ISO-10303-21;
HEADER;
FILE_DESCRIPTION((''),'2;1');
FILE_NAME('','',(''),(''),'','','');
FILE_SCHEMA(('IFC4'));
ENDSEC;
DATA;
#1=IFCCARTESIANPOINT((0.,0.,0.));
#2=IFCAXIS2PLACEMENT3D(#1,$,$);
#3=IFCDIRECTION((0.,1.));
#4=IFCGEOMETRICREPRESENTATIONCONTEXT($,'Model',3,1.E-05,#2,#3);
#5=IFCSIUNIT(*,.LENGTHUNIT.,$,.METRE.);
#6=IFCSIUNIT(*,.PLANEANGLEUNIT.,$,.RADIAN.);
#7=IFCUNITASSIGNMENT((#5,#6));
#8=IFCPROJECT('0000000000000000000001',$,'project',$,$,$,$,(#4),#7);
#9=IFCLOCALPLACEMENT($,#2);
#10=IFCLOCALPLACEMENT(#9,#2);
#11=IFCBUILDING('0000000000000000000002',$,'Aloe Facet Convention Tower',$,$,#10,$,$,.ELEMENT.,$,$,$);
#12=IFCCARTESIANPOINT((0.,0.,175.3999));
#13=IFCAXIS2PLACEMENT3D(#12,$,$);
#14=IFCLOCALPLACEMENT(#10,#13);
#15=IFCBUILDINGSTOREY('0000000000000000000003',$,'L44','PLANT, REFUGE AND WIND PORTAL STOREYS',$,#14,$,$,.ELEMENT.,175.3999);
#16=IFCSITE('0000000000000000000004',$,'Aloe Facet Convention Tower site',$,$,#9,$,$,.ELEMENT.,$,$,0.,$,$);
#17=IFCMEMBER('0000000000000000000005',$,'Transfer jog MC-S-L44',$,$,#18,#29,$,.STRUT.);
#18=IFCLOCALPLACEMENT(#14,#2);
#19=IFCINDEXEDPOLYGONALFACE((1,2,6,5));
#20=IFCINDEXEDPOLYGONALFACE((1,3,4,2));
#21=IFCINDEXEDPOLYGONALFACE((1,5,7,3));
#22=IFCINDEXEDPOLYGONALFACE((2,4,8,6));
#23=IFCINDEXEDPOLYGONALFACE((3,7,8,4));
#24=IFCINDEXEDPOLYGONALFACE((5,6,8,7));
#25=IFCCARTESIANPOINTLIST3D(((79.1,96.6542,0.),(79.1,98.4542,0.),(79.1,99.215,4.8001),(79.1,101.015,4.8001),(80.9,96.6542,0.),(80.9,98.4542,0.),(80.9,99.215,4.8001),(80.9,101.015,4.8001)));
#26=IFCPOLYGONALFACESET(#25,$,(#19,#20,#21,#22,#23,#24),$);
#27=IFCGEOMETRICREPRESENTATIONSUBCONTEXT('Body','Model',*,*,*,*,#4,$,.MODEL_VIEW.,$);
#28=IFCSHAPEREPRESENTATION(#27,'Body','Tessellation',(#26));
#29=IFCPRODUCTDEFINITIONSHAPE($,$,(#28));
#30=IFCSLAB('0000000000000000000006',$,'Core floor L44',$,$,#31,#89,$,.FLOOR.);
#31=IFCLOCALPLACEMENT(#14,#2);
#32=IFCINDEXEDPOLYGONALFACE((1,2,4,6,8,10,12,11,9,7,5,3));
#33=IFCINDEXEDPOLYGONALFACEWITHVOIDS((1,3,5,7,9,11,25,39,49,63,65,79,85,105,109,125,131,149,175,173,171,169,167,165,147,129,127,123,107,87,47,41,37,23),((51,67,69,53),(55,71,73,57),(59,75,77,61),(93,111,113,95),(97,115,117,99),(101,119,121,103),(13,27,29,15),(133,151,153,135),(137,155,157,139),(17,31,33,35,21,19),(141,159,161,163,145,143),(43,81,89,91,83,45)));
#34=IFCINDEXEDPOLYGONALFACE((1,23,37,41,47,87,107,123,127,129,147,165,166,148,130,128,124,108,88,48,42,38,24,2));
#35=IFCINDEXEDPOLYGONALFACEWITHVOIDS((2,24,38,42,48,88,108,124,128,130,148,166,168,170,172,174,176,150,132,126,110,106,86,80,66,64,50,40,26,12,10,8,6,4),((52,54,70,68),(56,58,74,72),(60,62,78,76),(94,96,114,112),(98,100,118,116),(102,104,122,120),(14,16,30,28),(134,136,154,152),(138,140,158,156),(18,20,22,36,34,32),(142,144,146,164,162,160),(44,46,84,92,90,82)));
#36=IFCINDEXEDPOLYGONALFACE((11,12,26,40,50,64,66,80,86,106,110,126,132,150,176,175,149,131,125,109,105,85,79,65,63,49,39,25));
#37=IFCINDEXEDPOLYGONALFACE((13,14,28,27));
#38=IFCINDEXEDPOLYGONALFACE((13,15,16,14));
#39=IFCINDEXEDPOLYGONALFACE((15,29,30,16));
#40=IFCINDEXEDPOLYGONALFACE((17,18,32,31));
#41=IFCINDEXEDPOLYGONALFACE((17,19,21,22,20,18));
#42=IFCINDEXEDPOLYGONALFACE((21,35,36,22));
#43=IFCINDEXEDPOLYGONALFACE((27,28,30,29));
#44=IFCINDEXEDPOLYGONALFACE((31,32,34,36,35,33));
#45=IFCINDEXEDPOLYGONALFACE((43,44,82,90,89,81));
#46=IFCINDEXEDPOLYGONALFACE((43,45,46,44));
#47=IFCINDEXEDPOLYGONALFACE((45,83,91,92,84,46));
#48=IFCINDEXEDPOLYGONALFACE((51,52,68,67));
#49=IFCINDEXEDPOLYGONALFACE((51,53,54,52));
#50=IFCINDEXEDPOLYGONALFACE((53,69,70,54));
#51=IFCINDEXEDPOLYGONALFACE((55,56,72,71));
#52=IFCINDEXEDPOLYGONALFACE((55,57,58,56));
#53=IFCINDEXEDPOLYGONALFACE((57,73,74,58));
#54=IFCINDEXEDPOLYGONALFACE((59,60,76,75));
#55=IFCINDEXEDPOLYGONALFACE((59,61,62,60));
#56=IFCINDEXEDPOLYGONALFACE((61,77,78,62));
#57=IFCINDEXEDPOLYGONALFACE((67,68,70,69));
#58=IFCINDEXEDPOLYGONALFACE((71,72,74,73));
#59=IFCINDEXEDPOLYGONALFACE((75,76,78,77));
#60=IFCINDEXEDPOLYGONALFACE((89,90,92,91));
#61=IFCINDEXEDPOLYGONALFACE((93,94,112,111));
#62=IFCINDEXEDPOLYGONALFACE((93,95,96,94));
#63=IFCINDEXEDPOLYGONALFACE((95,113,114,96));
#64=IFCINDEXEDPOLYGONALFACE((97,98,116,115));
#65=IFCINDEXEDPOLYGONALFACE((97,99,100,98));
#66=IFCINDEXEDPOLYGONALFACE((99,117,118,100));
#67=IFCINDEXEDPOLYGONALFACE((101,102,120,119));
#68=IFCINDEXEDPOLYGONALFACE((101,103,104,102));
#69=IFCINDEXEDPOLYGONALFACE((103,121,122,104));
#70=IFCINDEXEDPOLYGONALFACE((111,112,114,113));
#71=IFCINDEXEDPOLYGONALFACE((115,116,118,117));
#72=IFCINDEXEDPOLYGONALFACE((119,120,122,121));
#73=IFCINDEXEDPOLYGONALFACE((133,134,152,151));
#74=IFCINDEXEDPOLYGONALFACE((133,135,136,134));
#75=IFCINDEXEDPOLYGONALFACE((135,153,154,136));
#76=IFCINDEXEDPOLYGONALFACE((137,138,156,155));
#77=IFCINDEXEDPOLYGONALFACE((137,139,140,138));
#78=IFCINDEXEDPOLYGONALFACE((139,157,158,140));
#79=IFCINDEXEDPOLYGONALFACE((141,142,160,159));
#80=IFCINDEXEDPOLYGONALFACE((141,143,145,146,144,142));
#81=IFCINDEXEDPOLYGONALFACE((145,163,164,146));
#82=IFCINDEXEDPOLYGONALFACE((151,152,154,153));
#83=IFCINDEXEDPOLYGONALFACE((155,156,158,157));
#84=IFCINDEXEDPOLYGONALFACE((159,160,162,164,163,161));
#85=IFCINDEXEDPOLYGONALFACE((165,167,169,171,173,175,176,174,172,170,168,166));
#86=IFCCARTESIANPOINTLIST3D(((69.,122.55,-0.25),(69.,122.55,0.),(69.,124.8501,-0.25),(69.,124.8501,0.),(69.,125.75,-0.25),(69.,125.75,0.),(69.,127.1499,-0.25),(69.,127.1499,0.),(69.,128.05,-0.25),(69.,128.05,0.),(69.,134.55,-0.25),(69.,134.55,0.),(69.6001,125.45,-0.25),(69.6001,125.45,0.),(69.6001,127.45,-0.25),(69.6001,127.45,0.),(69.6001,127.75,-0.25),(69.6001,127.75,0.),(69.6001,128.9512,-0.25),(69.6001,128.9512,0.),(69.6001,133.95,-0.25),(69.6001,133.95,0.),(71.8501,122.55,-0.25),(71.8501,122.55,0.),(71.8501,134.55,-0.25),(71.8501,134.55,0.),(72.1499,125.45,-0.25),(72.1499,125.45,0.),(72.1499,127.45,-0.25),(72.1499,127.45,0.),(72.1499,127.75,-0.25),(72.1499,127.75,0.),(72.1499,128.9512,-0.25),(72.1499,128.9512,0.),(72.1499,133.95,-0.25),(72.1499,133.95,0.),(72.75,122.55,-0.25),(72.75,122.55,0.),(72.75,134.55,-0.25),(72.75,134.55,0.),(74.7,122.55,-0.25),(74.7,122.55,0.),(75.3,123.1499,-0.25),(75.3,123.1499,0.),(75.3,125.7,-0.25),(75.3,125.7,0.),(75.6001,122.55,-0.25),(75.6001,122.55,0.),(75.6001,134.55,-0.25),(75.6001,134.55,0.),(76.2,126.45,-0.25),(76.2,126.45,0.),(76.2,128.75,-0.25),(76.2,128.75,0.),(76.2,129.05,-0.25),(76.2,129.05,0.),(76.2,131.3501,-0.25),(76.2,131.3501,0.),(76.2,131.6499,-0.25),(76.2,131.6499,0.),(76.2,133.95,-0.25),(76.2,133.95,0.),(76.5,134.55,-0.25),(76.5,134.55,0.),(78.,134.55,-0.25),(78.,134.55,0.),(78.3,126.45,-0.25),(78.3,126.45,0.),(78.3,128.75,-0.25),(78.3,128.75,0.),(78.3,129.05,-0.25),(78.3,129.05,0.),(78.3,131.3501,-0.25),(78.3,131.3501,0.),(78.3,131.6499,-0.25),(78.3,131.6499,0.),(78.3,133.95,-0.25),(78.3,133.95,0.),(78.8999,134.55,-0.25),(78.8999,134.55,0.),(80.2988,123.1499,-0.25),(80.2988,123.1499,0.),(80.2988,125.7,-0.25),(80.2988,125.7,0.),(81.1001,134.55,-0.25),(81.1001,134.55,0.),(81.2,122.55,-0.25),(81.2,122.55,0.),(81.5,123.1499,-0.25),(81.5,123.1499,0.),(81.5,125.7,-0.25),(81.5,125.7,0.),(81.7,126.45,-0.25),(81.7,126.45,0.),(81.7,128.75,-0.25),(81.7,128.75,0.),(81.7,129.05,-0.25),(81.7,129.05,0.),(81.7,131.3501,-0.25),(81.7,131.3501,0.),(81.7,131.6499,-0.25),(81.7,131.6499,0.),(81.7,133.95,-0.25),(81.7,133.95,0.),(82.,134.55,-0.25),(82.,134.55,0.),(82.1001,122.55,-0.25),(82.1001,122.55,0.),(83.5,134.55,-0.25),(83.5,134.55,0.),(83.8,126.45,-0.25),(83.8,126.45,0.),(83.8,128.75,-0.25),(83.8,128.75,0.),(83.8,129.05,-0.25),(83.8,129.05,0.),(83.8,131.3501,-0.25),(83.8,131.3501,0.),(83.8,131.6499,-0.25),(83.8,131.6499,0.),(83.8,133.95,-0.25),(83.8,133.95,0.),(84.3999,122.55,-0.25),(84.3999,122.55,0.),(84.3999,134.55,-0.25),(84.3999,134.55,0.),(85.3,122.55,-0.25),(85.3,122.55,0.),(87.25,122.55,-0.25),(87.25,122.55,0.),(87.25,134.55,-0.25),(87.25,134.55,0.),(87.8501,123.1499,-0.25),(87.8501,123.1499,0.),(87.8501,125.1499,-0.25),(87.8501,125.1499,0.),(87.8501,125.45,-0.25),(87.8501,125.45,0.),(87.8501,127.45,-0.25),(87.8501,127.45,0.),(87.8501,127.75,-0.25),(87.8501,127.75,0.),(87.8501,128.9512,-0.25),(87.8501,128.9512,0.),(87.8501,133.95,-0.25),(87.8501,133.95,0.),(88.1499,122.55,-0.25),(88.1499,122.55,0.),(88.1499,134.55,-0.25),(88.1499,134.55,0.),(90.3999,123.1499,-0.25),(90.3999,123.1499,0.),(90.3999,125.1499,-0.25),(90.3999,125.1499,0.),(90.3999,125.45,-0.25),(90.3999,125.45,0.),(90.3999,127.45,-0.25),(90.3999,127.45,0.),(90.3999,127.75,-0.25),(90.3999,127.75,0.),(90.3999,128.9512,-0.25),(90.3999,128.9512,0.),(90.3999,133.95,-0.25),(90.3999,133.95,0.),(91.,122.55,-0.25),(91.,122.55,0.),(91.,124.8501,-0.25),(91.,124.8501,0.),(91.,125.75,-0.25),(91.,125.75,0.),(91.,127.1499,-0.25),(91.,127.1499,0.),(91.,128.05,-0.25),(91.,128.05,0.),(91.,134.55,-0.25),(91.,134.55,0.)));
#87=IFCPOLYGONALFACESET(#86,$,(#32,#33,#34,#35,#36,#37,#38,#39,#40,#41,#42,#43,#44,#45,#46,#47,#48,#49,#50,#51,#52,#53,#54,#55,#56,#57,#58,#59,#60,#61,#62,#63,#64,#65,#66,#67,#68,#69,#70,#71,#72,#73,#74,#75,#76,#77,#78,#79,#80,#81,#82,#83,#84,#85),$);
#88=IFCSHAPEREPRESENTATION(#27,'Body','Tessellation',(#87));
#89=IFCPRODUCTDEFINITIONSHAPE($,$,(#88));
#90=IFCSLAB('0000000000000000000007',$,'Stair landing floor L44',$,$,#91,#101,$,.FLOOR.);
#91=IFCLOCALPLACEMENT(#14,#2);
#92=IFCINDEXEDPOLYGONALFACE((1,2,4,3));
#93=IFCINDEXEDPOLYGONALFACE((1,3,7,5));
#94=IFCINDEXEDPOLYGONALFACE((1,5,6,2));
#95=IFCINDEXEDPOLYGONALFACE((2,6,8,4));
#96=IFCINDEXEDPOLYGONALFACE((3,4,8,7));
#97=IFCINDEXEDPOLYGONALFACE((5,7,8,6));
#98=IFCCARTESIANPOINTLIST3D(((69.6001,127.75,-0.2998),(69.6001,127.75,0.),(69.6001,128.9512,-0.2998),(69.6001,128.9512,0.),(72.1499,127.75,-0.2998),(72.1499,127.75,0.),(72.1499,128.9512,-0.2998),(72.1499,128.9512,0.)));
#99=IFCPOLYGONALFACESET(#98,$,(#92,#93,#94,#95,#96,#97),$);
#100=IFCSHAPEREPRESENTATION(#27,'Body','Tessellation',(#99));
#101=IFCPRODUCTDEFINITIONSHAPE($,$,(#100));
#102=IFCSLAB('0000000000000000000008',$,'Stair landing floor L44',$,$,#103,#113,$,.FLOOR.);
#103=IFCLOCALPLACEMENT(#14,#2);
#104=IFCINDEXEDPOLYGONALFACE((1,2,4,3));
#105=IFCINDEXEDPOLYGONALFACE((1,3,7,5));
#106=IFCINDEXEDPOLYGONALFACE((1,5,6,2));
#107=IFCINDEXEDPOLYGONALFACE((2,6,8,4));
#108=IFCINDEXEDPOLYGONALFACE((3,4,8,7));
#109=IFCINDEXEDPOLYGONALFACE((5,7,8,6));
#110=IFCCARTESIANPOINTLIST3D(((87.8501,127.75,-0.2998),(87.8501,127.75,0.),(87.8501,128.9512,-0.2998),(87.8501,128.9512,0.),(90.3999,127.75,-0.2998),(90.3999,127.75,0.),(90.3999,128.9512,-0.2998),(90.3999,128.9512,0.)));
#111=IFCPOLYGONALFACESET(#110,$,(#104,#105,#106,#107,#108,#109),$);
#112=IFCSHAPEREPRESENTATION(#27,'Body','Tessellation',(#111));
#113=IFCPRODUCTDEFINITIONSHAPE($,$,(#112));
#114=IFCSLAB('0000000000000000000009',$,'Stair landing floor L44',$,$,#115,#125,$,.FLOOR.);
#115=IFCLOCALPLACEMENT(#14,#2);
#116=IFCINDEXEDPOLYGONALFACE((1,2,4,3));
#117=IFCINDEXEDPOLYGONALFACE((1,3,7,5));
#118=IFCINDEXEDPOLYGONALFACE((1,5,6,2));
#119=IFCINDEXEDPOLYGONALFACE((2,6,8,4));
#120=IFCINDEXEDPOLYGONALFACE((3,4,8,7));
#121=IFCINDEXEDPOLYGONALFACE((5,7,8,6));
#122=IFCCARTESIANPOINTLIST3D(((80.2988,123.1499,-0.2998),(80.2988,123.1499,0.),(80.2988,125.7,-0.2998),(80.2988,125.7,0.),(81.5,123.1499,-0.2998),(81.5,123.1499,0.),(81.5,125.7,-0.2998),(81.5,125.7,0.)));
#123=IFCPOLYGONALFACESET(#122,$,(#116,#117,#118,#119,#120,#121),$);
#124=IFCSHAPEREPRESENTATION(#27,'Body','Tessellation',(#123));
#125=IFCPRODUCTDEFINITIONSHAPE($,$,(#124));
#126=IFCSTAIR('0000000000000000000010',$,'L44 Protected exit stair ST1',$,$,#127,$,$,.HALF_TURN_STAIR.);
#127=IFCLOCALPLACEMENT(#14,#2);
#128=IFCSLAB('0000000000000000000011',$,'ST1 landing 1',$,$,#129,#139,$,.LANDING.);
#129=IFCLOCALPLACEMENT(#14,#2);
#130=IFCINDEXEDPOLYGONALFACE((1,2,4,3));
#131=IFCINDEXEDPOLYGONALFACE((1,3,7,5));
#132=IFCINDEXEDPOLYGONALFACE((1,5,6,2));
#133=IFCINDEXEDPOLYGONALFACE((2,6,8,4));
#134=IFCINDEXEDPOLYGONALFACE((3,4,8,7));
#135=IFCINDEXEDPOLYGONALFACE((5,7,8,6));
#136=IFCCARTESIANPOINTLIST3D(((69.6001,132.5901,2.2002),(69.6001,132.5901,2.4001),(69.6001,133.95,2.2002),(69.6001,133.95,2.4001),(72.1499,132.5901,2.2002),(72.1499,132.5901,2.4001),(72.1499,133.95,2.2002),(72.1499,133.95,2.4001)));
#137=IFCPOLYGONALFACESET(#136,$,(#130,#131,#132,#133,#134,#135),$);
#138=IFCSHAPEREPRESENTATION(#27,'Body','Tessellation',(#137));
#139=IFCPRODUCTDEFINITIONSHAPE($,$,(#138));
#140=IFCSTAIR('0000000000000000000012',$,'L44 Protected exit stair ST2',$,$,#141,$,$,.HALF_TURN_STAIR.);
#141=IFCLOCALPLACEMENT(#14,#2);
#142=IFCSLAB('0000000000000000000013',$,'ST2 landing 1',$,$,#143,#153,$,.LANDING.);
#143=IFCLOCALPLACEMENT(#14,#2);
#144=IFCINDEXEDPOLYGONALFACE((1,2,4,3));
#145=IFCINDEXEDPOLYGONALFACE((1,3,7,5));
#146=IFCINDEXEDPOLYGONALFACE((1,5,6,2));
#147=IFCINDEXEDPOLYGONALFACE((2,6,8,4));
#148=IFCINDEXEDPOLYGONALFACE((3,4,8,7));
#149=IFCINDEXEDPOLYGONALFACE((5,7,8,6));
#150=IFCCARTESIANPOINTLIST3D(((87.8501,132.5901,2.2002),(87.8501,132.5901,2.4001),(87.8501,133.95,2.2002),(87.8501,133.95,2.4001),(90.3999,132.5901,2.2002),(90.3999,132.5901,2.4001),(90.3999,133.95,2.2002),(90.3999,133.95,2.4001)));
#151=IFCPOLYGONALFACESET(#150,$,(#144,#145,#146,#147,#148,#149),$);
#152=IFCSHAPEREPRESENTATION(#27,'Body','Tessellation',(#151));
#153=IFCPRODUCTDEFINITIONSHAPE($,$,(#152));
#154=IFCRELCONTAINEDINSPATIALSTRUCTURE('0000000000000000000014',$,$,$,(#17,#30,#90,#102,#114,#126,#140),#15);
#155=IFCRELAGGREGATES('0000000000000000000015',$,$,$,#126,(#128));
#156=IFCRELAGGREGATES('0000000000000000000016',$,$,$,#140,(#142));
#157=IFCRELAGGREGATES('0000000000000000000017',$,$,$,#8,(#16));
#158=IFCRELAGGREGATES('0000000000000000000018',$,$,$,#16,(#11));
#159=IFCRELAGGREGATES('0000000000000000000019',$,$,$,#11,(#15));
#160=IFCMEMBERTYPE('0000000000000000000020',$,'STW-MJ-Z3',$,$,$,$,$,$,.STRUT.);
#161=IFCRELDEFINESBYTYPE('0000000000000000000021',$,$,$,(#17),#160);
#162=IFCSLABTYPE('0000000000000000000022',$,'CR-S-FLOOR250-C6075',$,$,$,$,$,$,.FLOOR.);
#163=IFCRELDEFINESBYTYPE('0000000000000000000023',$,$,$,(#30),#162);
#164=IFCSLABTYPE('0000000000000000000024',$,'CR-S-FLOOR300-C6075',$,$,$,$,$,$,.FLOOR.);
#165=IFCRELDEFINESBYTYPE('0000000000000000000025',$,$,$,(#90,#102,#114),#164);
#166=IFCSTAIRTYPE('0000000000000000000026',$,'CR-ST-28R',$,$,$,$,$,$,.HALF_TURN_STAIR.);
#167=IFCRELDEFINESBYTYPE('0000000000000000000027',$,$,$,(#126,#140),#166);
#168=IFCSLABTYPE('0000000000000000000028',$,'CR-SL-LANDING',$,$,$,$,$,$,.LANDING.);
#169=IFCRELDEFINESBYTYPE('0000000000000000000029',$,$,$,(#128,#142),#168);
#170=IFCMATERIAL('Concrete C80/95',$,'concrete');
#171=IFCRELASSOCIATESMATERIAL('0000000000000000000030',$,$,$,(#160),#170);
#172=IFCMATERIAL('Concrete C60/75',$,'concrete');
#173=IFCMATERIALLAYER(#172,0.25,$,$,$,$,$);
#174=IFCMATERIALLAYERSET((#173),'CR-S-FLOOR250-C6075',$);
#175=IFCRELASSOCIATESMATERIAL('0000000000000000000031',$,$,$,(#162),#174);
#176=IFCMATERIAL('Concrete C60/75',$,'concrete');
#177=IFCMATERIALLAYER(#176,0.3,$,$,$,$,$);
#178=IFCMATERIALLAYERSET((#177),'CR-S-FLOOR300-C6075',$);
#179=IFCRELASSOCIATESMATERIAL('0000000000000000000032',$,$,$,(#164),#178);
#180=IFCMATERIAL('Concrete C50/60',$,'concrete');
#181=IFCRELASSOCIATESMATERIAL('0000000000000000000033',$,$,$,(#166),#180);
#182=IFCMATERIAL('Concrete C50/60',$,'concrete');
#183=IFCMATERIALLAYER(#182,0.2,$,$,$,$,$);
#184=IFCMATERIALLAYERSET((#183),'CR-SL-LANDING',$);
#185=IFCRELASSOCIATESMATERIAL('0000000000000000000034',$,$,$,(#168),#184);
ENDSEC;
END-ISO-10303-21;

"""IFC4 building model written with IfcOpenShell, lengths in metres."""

from ifc_helpers import new_model, si_unit, direction, frame, origin, origin_2d, place, context, subcontext, project, spatial, polyline, rectangle, outline, extrude, material, layer, layer_set, material_profile, profile_set, type_object, element, aggregate, save


model = new_model("IFC4")

# Units and contexts
model_context = context("Model", 3, precision=1e-05, world=origin(), true_north=direction((0.0, 1.0)))
body_context = subcontext(model_context, "Body", "Model", "MODEL_VIEW")
ifc_project = project(units=[si_unit("LENGTHUNIT", "METRE"), si_unit("PLANEANGLEUNIT", "RADIAN")], contexts=[model_context])

# Site, building, storey
site_placement = place(None, origin())
site = spatial("IfcSite", under=ifc_project, at=site_placement, Name="Aloe Facet Convention Tower site", CompositionType="ELEMENT", RefElevation=0.0)
building_placement = place(site_placement, origin())
building = spatial("IfcBuilding", under=site, at=building_placement, Name="Aloe Facet Convention Tower", CompositionType="ELEMENT")
storey_placement = place(building_placement, frame((0.0, 0.0, 175.3999)))
storey = spatial("IfcBuildingStorey", under=building, at=storey_placement, Name="L44", Description="PLANT, REFUGE AND WIND PORTAL STOREYS", CompositionType="ELEMENT", Elevation=175.3999)

# Member
ifc_material_1 = material(Name="Concrete C80/95", Category="concrete")
ifc_material_profile_1 = material_profile(ifc_material_1, rectangle(XDim=1.8, YDim=1.8, at=origin_2d()), Name="STW-MJ-Z3")
ifc_profile_set_1 = profile_set([ifc_material_profile_1], Name="Concrete C80/95")
member_type_1 = type_object("IfcMemberType", Name="STW-MJ-Z3", PredefinedType="STRUT", material=ifc_profile_set_1)
member_placement = place(storey_placement, frame((80.0, 97.5542, 0.0), z_axis=(0.0, 0.0, 1.0), x_axis=(1.0, 0.0, 0.0)))
element("IfcMember", 1, at=member_placement, inside=storey, type_object=member_type_1, Name="Transfer jog MC-S-L44", PredefinedType="STRUT", context=body_context, shape_type="SweptSolid", body=[
    extrude(rectangle(XDim=1.8, YDim=1.8, at=origin_2d()), origin(), (0.0, 0.470698, 0.882295), 5.4404),
])

# Slabs
ifc_material_2 = material(Name="Concrete C60/75", Category="concrete")
ifc_layer_1 = layer(ifc_material_2, 0.25)
ifc_layer_set_1 = layer_set([ifc_layer_1], Name="CR-S-FLOOR250-C6075")
slab_type_1 = type_object("IfcSlabType", Name="CR-S-FLOOR250-C6075", PredefinedType="FLOOR", material=ifc_layer_set_1)
slab_1_placement = place(storey_placement, frame((0.0, 0.0, -0.25)))
element("IfcSlab", 2, at=slab_1_placement, inside=storey, type_object=slab_type_1, Name="Core floor L44", PredefinedType="FLOOR", context=body_context, shape_type="SweptSolid", body=[
    extrude(outline(polyline([(71.8501, 134.55), (72.75, 134.55), (75.6001, 134.55), (76.5, 134.55), (78.0, 134.55), (78.8999, 134.55), (81.1001, 134.55), (82.0, 134.55), (83.5, 134.55), (84.3999, 134.55), (87.25, 134.55), (88.1499, 134.55), (91.0, 134.55), (91.0, 128.05), (91.0, 127.1499), (91.0, 125.75), (91.0, 124.8501), (91.0, 122.55), (88.1499, 122.55), (87.25, 122.55), (85.3, 122.55), (84.3999, 122.55), (82.1001, 122.55), (81.2, 122.55), (75.6001, 122.55), (74.7, 122.55), (72.75, 122.55), (71.8501, 122.55), (69.0, 122.55), (69.0, 124.8501), (69.0, 125.75), (69.0, 127.1499), (69.0, 128.05), (69.0, 134.55), (71.8501, 134.55)]), holes=[polyline([(80.2988, 123.1499), (81.5, 123.1499), (81.5, 125.7), (80.2988, 125.7), (75.3, 125.7), (75.3, 123.1499), (80.2988, 123.1499)]), polyline([(69.6001, 125.45), (72.1499, 125.45), (72.1499, 127.45), (69.6001, 127.45), (69.6001, 125.45)]), polyline([(76.2, 126.45), (78.3, 126.45), (78.3, 128.75), (76.2, 128.75), (76.2, 126.45)]), polyline([(78.3, 129.05), (78.3, 131.3501), (76.2, 131.3501), (76.2, 129.05), (78.3, 129.05)]), polyline([(69.6001, 133.95), (69.6001, 128.9512), (69.6001, 127.75), (72.1499, 127.75), (72.1499, 128.9512), (72.1499, 133.95), (69.6001, 133.95)]), polyline([(76.2, 131.6499), (78.3, 131.6499), (78.3, 133.95), (76.2, 133.95), (76.2, 131.6499)]), polyline([(90.3999, 123.1499), (90.3999, 125.1499), (87.8501, 125.1499), (87.8501, 123.1499), (90.3999, 123.1499)]), polyline([(87.8501, 125.45), (90.3999, 125.45), (90.3999, 127.45), (87.8501, 127.45), (87.8501, 125.45)]), polyline([(81.7, 126.45), (83.8, 126.45), (83.8, 128.75), (81.7, 128.75), (81.7, 126.45)]), polyline([(83.8, 129.05), (83.8, 131.3501), (81.7, 131.3501), (81.7, 129.05), (83.8, 129.05)]), polyline([(87.8501, 133.95), (87.8501, 128.9512), (87.8501, 127.75), (90.3999, 127.75), (90.3999, 128.9512), (90.3999, 133.95), (87.8501, 133.95)]), polyline([(81.7, 131.6499), (83.8, 131.6499), (83.8, 133.95), (81.7, 133.95), (81.7, 131.6499)])]), origin(), (0.0, 0.0, 1.0), 0.25),
])
ifc_material_3 = material(Name="Concrete C60/75", Category="concrete")
ifc_layer_2 = layer(ifc_material_3, 0.3)
ifc_layer_set_2 = layer_set([ifc_layer_2], Name="CR-S-FLOOR300-C6075")
slab_type_2 = type_object("IfcSlabType", Name="CR-S-FLOOR300-C6075", PredefinedType="FLOOR", material=ifc_layer_set_2)
slab_2_placement = place(storey_placement, frame((0.0, 0.0, -0.2998)))
element("IfcSlab", 3, at=slab_2_placement, inside=storey, type_object=slab_type_2, Name="Stair landing floor L44", PredefinedType="FLOOR", context=body_context, shape_type="SweptSolid", body=[
    extrude(outline(polyline([(72.1499, 127.75), (72.1499, 128.9512), (69.6001, 128.9512), (69.6001, 127.75), (72.1499, 127.75)])), origin(), (0.0, 0.0, 1.0), 0.2998),
])
slab_3_placement = place(storey_placement, frame((0.0, 0.0, -0.2998)))
element("IfcSlab", 4, at=slab_3_placement, inside=storey, type_object=slab_type_2, Name="Stair landing floor L44", PredefinedType="FLOOR", context=body_context, shape_type="SweptSolid", body=[
    extrude(outline(polyline([(90.3999, 127.75), (90.3999, 128.9512), (87.8501, 128.9512), (87.8501, 127.75), (90.3999, 127.75)])), origin(), (0.0, 0.0, 1.0), 0.2998),
])
slab_4_placement = place(storey_placement, frame((0.0, 0.0, -0.2998)))
element("IfcSlab", 5, at=slab_4_placement, inside=storey, type_object=slab_type_2, Name="Stair landing floor L44", PredefinedType="FLOOR", context=body_context, shape_type="SweptSolid", body=[
    extrude(outline(polyline([(81.5, 125.7), (80.2988, 125.7), (80.2988, 123.1499), (81.5, 123.1499), (81.5, 125.7)])), origin(), (0.0, 0.0, 1.0), 0.2998),
])

# Stairs, slabs
ifc_material_4 = material(Name="Concrete C50/60", Category="concrete")
stair_type = type_object("IfcStairType", Name="CR-ST-28R", PredefinedType="HALF_TURN_STAIR", material=ifc_material_4)
stair_1_placement = place(storey_placement, origin())
stair_1 = element("IfcStair", 6, at=stair_1_placement, inside=storey, type_object=stair_type, Name="L44 Protected exit stair ST1", PredefinedType="HALF_TURN_STAIR")
ifc_material_5 = material(Name="Concrete C50/60", Category="concrete")
ifc_layer_3 = layer(ifc_material_5, 0.2)
ifc_layer_set_3 = layer_set([ifc_layer_3], Name="CR-SL-LANDING")
slab_type_3 = type_object("IfcSlabType", Name="CR-SL-LANDING", PredefinedType="LANDING", material=ifc_layer_set_3)
slab_5_placement = place(storey_placement, frame((0.0, 0.0, 2.2002)))
slab_5 = element("IfcSlab", 7, at=slab_5_placement, type_object=slab_type_3, Name="ST1 landing 1", PredefinedType="LANDING", context=body_context, shape_type="SweptSolid", body=[
    extrude(outline(polyline([(72.1499, 132.5901), (72.1499, 133.95), (69.6001, 133.95), (69.6001, 132.5901), (72.1499, 132.5901)])), origin(), (0.0, 0.0, 1.0), 0.2),
])
aggregate(stair_1, [slab_5])
stair_2_placement = place(storey_placement, origin())
stair_2 = element("IfcStair", 8, at=stair_2_placement, inside=storey, type_object=stair_type, Name="L44 Protected exit stair ST2", PredefinedType="HALF_TURN_STAIR")
slab_6_placement = place(storey_placement, frame((0.0, 0.0, 2.2002)))
slab_6 = element("IfcSlab", 9, at=slab_6_placement, type_object=slab_type_3, Name="ST2 landing 1", PredefinedType="LANDING", context=body_context, shape_type="SweptSolid", body=[
    extrude(outline(polyline([(90.3999, 132.5901), (90.3999, 133.95), (87.8501, 133.95), (87.8501, 132.5901), (90.3999, 132.5901)])), origin(), (0.0, 0.0, 1.0), 0.2),
])
aggregate(stair_2, [slab_6])

save(model, "model.ifc")
